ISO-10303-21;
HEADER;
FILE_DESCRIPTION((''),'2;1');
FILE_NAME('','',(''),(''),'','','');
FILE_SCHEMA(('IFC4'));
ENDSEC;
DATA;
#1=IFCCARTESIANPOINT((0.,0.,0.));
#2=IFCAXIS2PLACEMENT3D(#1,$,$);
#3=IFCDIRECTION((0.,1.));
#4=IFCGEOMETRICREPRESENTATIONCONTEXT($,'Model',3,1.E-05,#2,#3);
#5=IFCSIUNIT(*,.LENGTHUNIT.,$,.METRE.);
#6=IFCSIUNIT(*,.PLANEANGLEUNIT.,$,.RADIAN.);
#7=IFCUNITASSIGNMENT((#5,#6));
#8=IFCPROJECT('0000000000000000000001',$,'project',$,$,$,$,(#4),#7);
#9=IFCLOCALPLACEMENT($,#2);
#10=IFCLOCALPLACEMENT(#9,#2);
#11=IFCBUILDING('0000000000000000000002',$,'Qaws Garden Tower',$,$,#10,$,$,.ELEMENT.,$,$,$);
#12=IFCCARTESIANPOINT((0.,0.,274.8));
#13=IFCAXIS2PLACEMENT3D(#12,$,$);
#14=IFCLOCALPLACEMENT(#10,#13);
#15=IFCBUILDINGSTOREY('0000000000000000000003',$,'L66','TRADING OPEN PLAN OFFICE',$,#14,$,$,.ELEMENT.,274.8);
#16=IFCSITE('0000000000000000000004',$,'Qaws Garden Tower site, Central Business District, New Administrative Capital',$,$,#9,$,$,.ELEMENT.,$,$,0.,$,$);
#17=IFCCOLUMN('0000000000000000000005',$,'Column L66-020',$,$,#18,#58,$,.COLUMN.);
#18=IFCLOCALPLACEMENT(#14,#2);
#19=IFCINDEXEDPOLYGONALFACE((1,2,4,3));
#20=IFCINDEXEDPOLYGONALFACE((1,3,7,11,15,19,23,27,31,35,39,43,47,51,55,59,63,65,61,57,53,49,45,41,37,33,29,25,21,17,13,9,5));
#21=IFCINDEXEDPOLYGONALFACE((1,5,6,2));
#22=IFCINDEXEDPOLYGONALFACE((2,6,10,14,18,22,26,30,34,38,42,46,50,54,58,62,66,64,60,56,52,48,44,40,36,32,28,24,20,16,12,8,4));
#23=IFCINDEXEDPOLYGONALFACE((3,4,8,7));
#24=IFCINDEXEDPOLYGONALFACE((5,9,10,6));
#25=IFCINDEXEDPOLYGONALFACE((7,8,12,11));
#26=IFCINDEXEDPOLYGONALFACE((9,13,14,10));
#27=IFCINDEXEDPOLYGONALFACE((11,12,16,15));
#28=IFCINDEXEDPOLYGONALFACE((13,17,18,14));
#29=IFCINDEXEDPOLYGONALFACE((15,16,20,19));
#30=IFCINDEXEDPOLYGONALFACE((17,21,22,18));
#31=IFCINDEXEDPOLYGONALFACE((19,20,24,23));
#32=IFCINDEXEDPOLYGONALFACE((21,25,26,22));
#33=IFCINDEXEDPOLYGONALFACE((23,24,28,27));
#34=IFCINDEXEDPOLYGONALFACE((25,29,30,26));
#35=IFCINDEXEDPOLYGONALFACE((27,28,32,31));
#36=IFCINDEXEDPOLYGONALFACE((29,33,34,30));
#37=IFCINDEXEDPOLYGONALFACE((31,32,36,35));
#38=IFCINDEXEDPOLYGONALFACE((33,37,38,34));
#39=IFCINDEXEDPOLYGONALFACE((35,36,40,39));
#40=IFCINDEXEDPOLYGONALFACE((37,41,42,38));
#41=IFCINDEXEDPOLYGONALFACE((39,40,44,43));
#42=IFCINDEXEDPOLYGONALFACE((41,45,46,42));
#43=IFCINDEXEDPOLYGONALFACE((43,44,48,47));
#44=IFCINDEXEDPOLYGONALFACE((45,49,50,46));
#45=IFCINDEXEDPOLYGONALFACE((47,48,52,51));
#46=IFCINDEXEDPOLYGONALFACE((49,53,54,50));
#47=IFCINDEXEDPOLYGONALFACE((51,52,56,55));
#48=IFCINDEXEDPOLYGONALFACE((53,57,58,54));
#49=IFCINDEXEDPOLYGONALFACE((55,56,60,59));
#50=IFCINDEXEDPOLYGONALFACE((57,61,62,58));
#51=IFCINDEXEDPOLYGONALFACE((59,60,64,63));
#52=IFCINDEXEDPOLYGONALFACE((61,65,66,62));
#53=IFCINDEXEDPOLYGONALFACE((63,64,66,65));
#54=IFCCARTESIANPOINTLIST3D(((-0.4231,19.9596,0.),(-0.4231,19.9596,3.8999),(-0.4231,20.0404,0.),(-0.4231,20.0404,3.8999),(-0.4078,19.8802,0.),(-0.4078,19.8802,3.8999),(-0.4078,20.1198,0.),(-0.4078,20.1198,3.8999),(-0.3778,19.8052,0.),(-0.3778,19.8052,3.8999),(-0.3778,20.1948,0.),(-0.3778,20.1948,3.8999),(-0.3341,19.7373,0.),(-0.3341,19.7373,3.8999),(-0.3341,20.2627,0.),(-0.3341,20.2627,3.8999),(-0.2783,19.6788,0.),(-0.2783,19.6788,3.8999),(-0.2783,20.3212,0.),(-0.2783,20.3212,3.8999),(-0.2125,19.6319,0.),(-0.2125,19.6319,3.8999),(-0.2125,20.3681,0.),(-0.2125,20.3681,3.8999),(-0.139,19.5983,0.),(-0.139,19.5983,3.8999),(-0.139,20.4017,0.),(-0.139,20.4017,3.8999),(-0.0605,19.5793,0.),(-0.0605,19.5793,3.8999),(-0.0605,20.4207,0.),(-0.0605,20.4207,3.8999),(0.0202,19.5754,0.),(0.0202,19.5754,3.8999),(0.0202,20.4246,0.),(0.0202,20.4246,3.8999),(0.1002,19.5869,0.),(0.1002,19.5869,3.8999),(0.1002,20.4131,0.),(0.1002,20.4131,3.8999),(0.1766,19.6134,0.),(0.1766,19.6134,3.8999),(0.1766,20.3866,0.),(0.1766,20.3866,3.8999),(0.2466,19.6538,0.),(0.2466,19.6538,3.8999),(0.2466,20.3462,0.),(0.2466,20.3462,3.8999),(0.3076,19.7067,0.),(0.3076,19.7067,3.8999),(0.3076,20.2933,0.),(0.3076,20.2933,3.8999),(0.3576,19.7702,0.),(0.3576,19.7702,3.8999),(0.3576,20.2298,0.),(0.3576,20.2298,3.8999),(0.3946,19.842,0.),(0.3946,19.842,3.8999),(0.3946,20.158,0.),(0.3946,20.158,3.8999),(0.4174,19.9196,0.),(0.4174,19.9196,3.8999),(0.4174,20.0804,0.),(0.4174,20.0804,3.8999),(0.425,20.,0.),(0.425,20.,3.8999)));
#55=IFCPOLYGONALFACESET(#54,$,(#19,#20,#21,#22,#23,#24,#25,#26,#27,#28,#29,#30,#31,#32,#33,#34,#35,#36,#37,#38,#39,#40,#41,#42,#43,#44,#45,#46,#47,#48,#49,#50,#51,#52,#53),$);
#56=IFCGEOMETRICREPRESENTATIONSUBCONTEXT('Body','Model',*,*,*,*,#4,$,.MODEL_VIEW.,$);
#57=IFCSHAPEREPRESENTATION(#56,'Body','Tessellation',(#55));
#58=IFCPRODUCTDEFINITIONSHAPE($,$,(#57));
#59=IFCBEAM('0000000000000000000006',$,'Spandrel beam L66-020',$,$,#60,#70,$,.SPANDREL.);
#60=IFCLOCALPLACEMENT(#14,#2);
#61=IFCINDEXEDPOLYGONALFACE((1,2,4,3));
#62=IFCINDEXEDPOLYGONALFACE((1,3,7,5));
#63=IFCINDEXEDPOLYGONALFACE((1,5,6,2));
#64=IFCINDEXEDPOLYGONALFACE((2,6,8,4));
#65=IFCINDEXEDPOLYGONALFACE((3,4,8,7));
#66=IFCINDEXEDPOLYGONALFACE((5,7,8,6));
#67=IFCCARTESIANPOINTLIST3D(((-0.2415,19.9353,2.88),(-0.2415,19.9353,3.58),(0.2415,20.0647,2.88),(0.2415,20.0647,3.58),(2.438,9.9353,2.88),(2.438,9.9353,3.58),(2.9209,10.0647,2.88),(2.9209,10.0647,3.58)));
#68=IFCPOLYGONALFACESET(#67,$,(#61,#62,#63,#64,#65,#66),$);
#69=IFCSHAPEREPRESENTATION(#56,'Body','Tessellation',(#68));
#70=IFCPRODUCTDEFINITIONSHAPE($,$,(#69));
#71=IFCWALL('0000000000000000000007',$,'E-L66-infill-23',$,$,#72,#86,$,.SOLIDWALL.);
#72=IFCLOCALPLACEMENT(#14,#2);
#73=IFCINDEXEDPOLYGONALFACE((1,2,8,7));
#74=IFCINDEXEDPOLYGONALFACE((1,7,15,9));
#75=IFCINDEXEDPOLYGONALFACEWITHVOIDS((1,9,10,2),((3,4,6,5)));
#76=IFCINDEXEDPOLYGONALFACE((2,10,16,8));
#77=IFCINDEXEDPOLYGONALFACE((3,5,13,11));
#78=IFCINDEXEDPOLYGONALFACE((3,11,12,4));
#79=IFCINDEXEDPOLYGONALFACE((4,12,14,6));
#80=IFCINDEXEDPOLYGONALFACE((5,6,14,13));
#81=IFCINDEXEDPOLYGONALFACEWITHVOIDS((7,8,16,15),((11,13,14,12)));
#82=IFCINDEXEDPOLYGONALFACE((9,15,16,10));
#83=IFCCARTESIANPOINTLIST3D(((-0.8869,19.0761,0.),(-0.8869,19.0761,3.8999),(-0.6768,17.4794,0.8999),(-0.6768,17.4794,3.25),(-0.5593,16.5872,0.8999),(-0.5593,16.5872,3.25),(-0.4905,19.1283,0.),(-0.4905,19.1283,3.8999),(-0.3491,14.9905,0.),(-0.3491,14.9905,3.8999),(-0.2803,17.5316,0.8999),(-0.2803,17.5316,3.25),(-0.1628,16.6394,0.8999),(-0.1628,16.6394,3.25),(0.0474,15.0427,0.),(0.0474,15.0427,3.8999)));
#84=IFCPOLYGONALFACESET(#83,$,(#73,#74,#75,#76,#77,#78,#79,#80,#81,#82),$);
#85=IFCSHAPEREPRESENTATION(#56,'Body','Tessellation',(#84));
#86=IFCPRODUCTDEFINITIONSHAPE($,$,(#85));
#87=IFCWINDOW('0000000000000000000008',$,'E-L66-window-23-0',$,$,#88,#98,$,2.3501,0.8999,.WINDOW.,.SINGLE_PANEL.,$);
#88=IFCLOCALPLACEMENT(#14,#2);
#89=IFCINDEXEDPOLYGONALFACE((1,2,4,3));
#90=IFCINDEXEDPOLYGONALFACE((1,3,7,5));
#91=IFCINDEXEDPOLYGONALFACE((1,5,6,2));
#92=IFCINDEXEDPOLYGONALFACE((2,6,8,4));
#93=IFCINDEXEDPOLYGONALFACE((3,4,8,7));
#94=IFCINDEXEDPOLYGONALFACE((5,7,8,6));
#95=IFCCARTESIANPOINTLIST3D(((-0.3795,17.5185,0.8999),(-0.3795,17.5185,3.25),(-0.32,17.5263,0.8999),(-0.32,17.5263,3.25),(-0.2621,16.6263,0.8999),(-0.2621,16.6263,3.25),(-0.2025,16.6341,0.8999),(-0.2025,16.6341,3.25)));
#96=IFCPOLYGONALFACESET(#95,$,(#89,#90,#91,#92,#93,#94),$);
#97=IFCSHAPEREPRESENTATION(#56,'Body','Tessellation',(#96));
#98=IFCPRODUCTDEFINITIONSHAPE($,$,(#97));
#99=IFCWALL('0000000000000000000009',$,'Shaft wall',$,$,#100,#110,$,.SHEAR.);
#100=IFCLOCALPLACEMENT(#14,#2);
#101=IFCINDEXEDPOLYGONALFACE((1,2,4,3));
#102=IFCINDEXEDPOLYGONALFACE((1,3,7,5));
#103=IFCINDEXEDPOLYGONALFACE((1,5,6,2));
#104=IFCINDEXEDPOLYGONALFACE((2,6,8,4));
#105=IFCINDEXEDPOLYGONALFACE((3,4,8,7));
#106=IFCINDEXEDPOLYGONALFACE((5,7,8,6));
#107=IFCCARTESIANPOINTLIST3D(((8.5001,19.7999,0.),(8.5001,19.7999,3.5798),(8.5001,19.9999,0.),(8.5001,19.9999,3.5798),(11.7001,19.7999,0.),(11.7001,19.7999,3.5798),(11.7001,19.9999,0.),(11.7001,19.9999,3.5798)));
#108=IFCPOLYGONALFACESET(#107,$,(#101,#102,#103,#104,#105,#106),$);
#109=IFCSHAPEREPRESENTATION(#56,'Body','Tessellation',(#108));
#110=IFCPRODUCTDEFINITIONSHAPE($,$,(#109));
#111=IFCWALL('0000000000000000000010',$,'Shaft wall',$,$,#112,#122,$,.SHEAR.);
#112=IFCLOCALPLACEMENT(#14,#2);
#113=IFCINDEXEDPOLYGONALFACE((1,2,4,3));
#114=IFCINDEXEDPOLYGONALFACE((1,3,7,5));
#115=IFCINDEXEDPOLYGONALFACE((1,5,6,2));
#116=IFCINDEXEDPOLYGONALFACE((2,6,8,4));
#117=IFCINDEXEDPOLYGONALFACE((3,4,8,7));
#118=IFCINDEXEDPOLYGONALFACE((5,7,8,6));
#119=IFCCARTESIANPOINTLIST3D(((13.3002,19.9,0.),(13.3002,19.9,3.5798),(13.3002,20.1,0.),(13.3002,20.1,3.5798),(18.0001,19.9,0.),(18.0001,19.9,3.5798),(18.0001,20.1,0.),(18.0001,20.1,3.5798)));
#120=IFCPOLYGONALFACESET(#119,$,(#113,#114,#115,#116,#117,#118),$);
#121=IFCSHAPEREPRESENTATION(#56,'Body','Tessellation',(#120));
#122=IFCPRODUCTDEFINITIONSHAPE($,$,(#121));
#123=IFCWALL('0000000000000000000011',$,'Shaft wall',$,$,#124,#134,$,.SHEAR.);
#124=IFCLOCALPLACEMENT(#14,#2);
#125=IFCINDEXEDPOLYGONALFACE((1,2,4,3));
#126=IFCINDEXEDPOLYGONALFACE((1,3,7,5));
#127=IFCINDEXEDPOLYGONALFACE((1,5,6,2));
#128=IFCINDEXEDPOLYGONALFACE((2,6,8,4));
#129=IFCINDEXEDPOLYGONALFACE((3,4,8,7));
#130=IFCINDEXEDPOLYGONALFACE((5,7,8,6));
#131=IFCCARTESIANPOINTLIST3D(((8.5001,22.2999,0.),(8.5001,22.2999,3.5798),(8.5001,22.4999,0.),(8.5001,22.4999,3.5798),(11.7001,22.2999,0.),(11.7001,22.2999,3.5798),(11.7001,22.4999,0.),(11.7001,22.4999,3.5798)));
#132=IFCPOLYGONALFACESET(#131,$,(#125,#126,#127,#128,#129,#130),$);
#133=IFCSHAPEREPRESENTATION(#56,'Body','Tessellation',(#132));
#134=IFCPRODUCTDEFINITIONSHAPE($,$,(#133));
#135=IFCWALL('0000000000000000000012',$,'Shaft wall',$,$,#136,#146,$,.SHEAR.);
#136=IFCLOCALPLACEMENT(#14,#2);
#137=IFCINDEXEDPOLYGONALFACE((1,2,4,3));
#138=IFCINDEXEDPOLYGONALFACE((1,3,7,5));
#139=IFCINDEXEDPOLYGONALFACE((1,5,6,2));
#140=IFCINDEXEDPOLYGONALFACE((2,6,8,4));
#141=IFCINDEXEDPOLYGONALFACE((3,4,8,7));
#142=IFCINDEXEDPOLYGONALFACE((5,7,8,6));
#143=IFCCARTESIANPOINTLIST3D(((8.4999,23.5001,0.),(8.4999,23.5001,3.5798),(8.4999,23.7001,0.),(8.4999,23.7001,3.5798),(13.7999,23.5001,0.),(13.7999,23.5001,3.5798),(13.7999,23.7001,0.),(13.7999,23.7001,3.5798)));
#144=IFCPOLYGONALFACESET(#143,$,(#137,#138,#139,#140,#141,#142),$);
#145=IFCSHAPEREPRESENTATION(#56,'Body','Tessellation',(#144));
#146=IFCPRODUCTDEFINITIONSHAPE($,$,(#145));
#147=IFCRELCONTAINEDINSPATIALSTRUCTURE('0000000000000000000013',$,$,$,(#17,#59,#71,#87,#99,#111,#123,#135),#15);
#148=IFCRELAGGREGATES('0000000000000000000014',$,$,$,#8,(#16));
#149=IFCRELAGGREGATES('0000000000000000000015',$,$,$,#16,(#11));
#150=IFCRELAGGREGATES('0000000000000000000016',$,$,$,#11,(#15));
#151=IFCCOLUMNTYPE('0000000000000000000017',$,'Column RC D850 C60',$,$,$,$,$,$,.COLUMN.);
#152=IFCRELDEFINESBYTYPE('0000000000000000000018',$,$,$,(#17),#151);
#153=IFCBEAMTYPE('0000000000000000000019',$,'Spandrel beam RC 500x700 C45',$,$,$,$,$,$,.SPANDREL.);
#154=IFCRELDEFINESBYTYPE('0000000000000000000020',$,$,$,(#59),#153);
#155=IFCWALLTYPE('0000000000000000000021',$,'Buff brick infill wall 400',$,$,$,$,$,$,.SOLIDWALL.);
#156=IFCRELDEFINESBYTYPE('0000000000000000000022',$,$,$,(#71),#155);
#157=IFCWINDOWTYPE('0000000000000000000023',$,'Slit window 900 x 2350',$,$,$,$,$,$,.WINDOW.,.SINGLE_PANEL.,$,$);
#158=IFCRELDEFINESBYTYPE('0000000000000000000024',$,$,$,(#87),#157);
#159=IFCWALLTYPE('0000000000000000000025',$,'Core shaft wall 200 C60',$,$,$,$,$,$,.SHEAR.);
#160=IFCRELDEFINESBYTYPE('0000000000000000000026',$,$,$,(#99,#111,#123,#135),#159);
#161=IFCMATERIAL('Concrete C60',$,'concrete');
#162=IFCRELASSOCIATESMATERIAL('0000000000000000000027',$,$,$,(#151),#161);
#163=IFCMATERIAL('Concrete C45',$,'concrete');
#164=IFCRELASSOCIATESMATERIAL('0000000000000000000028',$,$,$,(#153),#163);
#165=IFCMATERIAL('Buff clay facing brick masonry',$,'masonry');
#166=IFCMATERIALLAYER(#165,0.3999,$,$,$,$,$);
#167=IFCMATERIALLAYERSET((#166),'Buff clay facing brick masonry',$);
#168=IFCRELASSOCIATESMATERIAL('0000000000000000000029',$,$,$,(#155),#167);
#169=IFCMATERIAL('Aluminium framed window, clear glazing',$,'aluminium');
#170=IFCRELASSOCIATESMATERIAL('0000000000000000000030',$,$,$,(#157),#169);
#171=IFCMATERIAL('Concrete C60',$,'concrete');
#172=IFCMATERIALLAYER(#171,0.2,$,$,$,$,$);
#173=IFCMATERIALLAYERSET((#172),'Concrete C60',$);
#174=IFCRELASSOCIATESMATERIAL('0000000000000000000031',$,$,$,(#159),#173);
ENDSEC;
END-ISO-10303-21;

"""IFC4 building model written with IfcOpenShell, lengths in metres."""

from ifc_helpers import new_model, si_unit, direction, frame, frame_2d, origin, origin_2d, place, context, subcontext, project, spatial, rectangle, circle, extrude, material, layer, layer_set, material_profile, profile_set, type_object, element, fill, save


model = new_model("IFC4")

# Units and contexts
model_context = context("Model", 3, precision=1e-05, world=origin(), true_north=direction((0.0, 1.0)))
body_context = subcontext(model_context, "Body", "Model", "MODEL_VIEW")
ifc_project = project(units=[si_unit("LENGTHUNIT", "METRE"), si_unit("PLANEANGLEUNIT", "RADIAN")], contexts=[model_context])

# Site, building, storey
site_placement = place(None, origin())
site = spatial("IfcSite", under=ifc_project, at=site_placement, Name="Qaws Garden Tower site, Central Business District, New Administrative Capital", CompositionType="ELEMENT", RefElevation=0.0)
building_placement = place(site_placement, origin())
building = spatial("IfcBuilding", under=site, at=building_placement, Name="Qaws Garden Tower", CompositionType="ELEMENT")
storey_placement = place(building_placement, frame((0.0, 0.0, 274.8)))
storey = spatial("IfcBuildingStorey", under=building, at=storey_placement, Name="L66", Description="TRADING OPEN PLAN OFFICE", CompositionType="ELEMENT", Elevation=274.8)

# Column
ifc_material_1 = material(Name="Concrete C60", Category="concrete")
ifc_material_profile_1 = material_profile(ifc_material_1, circle(Radius=0.425, at=origin_2d()), Name="RC D850")
ifc_profile_set_1 = profile_set([ifc_material_profile_1], Name="Concrete C60")
column_type = type_object("IfcColumnType", Name="Column RC D850 C60", PredefinedType="COLUMN", material=ifc_profile_set_1)
column_placement = place(storey_placement, frame((0.0, 20.0, 0.0), z_axis=(0.0, 0.0, 1.0), x_axis=(1.0, 0.0, 0.0)))
element("IfcColumn", 1, at=column_placement, inside=storey, type_object=column_type, Name="Column L66-020", PredefinedType="COLUMN", context=body_context, shape_type="SweptSolid", body=[
    extrude(circle(Radius=0.425, at=origin_2d()), origin(), (0.0, 0.0, 1.0), 3.8999),
])

# Beam
ifc_material_2 = material(Name="Concrete C45", Category="concrete")
ifc_material_profile_2 = material_profile(ifc_material_2, rectangle(XDim=0.5, YDim=0.7, at=origin_2d()), Name="RC 500x700")
ifc_profile_set_2 = profile_set([ifc_material_profile_2], Name="Concrete C45")
beam_type = type_object("IfcBeamType", Name="Spandrel beam RC 500x700 C45", PredefinedType="SPANDREL", material=ifc_profile_set_2)
beam_placement = place(storey_placement, frame((0.0, 20.0, 3.23), z_axis=(0.258815, -0.965927, 0.0), x_axis=(0.965927, 0.258815, 0.0)))
element("IfcBeam", 2, at=beam_placement, inside=storey, type_object=beam_type, Name="Spandrel beam L66-020", PredefinedType="SPANDREL", context=body_context, shape_type="SweptSolid", body=[
    extrude(rectangle(XDim=0.5, YDim=0.7, at=origin_2d()), origin(), (0.0, 0.0, 1.0), 10.3528),
])

# Wall, opening, window
ifc_material_3 = material(Name="Buff clay facing brick masonry", Category="masonry")
ifc_layer_1 = layer(ifc_material_3, 0.3999)
ifc_layer_set_1 = layer_set([ifc_layer_1], Name="Buff clay facing brick masonry")
wall_type_1 = type_object("IfcWallType", Name="Buff brick infill wall 400", PredefinedType="SOLIDWALL", material=ifc_layer_set_1)
wall_1_placement = place(storey_placement, frame((-0.6887, 19.1023, 0.0), z_axis=(0.0, 0.0, 1.0), x_axis=(0.130514, -0.991446, 0.0)))
wall_1 = element("IfcWall", 3, at=wall_1_placement, inside=storey, type_object=wall_type_1, Name="E-L66-infill-23", PredefinedType="SOLIDWALL", context=body_context, shape_type="SweptSolid", body=[
    extrude(rectangle(XDim=4.1208, YDim=0.3999, at=frame_2d((2.0605, 0.0))), origin(), (0.0, 0.0, 1.0), 3.8999),
])
opening_1_placement = place(wall_1_placement, frame((1.6106, 0.0, 0.8999)))
opening_1 = element("IfcOpeningElement", 4, at=opening_1_placement, cuts=wall_1, PredefinedType="OPENING", context=body_context, shape_type="SweptSolid", body=[
    extrude(rectangle(XDim=0.8999, YDim=2.3501, at=frame_2d((0.45, 1.175))), frame((0.0, 0.21, 0.0), z_axis=(0.0, -1.0, 0.0), x_axis=(1.0, 0.0, 0.0)), (0.0, 0.0, 1.0), 0.4199),
])
ifc_material_4 = material(Name="Aluminium framed window, clear glazing", Category="aluminium")
window_type = type_object("IfcWindowType", Name="Slit window 900 x 2350", PartitioningType="SINGLE_PANEL", PredefinedType="WINDOW", material=ifc_material_4)
window_placement = place(opening_1_placement, origin())
window = element("IfcWindow", 5, at=window_placement, inside=storey, type_object=window_type, Name="E-L66-window-23-0", OverallHeight=2.3501, OverallWidth=0.8999, PartitioningType="SINGLE_PANEL", PredefinedType="WINDOW", context=body_context, shape_type="SweptSolid", body=[
    extrude(rectangle(XDim=0.8999, YDim=2.3501, at=frame_2d((0.45, 1.175))), frame((0.0, 0.1599, 0.0), z_axis=(0.0, -1.0, 0.0), x_axis=(1.0, 0.0, 0.0)), (0.0, 0.0, 1.0), 0.0601),
])
fill(opening_1, window)

# Walls
ifc_material_5 = material(Name="Concrete C60", Category="concrete")
ifc_layer_2 = layer(ifc_material_5, 0.2)
ifc_layer_set_2 = layer_set([ifc_layer_2], Name="Concrete C60")
wall_type_2 = type_object("IfcWallType", Name="Core shaft wall 200 C60", PredefinedType="SHEAR", material=ifc_layer_set_2)
wall_2_placement = place(storey_placement, frame((8.5, 19.8999, 0.0), z_axis=(0.0, 0.0, 1.0), x_axis=(1.0, 0.0, 0.0)))
element("IfcWall", 6, at=wall_2_placement, inside=storey, type_object=wall_type_2, Name="Shaft wall", PredefinedType="SHEAR", context=body_context, shape_type="SweptSolid", body=[
    extrude(rectangle(XDim=3.2, YDim=0.2, at=frame_2d((1.6001, 0.0))), origin(), (0.0, 0.0, 1.0), 3.5798),
])
wall_3_placement = place(storey_placement, frame((13.3, 20.0, 0.0), z_axis=(0.0, 0.0, 1.0), x_axis=(1.0, 0.0, 0.0)))
element("IfcWall", 7, at=wall_3_placement, inside=storey, type_object=wall_type_2, Name="Shaft wall", PredefinedType="SHEAR", context=body_context, shape_type="SweptSolid", body=[
    extrude(rectangle(XDim=4.7, YDim=0.2, at=frame_2d((2.3501, 0.0))), origin(), (0.0, 0.0, 1.0), 3.5798),
])
wall_4_placement = place(storey_placement, frame((8.5, 22.3999, 0.0), z_axis=(0.0, 0.0, 1.0), x_axis=(1.0, 0.0, 0.0)))
element("IfcWall", 8, at=wall_4_placement, inside=storey, type_object=wall_type_2, Name="Shaft wall", PredefinedType="SHEAR", context=body_context, shape_type="SweptSolid", body=[
    extrude(rectangle(XDim=3.2, YDim=0.2, at=frame_2d((1.6001, 0.0))), origin(), (0.0, 0.0, 1.0), 3.5798),
])
wall_5_placement = place(storey_placement, frame((8.5, 23.6001, 0.0), z_axis=(0.0, 0.0, 1.0), x_axis=(1.0, 0.0, 0.0)))
element("IfcWall", 9, at=wall_5_placement, inside=storey, type_object=wall_type_2, Name="Shaft wall", PredefinedType="SHEAR", context=body_context, shape_type="SweptSolid", body=[
    extrude(rectangle(XDim=5.3, YDim=0.2, at=frame_2d((2.6499, 0.0))), origin(), (0.0, 0.0, 1.0), 3.5798),
])

save(model, "model.ifc")
